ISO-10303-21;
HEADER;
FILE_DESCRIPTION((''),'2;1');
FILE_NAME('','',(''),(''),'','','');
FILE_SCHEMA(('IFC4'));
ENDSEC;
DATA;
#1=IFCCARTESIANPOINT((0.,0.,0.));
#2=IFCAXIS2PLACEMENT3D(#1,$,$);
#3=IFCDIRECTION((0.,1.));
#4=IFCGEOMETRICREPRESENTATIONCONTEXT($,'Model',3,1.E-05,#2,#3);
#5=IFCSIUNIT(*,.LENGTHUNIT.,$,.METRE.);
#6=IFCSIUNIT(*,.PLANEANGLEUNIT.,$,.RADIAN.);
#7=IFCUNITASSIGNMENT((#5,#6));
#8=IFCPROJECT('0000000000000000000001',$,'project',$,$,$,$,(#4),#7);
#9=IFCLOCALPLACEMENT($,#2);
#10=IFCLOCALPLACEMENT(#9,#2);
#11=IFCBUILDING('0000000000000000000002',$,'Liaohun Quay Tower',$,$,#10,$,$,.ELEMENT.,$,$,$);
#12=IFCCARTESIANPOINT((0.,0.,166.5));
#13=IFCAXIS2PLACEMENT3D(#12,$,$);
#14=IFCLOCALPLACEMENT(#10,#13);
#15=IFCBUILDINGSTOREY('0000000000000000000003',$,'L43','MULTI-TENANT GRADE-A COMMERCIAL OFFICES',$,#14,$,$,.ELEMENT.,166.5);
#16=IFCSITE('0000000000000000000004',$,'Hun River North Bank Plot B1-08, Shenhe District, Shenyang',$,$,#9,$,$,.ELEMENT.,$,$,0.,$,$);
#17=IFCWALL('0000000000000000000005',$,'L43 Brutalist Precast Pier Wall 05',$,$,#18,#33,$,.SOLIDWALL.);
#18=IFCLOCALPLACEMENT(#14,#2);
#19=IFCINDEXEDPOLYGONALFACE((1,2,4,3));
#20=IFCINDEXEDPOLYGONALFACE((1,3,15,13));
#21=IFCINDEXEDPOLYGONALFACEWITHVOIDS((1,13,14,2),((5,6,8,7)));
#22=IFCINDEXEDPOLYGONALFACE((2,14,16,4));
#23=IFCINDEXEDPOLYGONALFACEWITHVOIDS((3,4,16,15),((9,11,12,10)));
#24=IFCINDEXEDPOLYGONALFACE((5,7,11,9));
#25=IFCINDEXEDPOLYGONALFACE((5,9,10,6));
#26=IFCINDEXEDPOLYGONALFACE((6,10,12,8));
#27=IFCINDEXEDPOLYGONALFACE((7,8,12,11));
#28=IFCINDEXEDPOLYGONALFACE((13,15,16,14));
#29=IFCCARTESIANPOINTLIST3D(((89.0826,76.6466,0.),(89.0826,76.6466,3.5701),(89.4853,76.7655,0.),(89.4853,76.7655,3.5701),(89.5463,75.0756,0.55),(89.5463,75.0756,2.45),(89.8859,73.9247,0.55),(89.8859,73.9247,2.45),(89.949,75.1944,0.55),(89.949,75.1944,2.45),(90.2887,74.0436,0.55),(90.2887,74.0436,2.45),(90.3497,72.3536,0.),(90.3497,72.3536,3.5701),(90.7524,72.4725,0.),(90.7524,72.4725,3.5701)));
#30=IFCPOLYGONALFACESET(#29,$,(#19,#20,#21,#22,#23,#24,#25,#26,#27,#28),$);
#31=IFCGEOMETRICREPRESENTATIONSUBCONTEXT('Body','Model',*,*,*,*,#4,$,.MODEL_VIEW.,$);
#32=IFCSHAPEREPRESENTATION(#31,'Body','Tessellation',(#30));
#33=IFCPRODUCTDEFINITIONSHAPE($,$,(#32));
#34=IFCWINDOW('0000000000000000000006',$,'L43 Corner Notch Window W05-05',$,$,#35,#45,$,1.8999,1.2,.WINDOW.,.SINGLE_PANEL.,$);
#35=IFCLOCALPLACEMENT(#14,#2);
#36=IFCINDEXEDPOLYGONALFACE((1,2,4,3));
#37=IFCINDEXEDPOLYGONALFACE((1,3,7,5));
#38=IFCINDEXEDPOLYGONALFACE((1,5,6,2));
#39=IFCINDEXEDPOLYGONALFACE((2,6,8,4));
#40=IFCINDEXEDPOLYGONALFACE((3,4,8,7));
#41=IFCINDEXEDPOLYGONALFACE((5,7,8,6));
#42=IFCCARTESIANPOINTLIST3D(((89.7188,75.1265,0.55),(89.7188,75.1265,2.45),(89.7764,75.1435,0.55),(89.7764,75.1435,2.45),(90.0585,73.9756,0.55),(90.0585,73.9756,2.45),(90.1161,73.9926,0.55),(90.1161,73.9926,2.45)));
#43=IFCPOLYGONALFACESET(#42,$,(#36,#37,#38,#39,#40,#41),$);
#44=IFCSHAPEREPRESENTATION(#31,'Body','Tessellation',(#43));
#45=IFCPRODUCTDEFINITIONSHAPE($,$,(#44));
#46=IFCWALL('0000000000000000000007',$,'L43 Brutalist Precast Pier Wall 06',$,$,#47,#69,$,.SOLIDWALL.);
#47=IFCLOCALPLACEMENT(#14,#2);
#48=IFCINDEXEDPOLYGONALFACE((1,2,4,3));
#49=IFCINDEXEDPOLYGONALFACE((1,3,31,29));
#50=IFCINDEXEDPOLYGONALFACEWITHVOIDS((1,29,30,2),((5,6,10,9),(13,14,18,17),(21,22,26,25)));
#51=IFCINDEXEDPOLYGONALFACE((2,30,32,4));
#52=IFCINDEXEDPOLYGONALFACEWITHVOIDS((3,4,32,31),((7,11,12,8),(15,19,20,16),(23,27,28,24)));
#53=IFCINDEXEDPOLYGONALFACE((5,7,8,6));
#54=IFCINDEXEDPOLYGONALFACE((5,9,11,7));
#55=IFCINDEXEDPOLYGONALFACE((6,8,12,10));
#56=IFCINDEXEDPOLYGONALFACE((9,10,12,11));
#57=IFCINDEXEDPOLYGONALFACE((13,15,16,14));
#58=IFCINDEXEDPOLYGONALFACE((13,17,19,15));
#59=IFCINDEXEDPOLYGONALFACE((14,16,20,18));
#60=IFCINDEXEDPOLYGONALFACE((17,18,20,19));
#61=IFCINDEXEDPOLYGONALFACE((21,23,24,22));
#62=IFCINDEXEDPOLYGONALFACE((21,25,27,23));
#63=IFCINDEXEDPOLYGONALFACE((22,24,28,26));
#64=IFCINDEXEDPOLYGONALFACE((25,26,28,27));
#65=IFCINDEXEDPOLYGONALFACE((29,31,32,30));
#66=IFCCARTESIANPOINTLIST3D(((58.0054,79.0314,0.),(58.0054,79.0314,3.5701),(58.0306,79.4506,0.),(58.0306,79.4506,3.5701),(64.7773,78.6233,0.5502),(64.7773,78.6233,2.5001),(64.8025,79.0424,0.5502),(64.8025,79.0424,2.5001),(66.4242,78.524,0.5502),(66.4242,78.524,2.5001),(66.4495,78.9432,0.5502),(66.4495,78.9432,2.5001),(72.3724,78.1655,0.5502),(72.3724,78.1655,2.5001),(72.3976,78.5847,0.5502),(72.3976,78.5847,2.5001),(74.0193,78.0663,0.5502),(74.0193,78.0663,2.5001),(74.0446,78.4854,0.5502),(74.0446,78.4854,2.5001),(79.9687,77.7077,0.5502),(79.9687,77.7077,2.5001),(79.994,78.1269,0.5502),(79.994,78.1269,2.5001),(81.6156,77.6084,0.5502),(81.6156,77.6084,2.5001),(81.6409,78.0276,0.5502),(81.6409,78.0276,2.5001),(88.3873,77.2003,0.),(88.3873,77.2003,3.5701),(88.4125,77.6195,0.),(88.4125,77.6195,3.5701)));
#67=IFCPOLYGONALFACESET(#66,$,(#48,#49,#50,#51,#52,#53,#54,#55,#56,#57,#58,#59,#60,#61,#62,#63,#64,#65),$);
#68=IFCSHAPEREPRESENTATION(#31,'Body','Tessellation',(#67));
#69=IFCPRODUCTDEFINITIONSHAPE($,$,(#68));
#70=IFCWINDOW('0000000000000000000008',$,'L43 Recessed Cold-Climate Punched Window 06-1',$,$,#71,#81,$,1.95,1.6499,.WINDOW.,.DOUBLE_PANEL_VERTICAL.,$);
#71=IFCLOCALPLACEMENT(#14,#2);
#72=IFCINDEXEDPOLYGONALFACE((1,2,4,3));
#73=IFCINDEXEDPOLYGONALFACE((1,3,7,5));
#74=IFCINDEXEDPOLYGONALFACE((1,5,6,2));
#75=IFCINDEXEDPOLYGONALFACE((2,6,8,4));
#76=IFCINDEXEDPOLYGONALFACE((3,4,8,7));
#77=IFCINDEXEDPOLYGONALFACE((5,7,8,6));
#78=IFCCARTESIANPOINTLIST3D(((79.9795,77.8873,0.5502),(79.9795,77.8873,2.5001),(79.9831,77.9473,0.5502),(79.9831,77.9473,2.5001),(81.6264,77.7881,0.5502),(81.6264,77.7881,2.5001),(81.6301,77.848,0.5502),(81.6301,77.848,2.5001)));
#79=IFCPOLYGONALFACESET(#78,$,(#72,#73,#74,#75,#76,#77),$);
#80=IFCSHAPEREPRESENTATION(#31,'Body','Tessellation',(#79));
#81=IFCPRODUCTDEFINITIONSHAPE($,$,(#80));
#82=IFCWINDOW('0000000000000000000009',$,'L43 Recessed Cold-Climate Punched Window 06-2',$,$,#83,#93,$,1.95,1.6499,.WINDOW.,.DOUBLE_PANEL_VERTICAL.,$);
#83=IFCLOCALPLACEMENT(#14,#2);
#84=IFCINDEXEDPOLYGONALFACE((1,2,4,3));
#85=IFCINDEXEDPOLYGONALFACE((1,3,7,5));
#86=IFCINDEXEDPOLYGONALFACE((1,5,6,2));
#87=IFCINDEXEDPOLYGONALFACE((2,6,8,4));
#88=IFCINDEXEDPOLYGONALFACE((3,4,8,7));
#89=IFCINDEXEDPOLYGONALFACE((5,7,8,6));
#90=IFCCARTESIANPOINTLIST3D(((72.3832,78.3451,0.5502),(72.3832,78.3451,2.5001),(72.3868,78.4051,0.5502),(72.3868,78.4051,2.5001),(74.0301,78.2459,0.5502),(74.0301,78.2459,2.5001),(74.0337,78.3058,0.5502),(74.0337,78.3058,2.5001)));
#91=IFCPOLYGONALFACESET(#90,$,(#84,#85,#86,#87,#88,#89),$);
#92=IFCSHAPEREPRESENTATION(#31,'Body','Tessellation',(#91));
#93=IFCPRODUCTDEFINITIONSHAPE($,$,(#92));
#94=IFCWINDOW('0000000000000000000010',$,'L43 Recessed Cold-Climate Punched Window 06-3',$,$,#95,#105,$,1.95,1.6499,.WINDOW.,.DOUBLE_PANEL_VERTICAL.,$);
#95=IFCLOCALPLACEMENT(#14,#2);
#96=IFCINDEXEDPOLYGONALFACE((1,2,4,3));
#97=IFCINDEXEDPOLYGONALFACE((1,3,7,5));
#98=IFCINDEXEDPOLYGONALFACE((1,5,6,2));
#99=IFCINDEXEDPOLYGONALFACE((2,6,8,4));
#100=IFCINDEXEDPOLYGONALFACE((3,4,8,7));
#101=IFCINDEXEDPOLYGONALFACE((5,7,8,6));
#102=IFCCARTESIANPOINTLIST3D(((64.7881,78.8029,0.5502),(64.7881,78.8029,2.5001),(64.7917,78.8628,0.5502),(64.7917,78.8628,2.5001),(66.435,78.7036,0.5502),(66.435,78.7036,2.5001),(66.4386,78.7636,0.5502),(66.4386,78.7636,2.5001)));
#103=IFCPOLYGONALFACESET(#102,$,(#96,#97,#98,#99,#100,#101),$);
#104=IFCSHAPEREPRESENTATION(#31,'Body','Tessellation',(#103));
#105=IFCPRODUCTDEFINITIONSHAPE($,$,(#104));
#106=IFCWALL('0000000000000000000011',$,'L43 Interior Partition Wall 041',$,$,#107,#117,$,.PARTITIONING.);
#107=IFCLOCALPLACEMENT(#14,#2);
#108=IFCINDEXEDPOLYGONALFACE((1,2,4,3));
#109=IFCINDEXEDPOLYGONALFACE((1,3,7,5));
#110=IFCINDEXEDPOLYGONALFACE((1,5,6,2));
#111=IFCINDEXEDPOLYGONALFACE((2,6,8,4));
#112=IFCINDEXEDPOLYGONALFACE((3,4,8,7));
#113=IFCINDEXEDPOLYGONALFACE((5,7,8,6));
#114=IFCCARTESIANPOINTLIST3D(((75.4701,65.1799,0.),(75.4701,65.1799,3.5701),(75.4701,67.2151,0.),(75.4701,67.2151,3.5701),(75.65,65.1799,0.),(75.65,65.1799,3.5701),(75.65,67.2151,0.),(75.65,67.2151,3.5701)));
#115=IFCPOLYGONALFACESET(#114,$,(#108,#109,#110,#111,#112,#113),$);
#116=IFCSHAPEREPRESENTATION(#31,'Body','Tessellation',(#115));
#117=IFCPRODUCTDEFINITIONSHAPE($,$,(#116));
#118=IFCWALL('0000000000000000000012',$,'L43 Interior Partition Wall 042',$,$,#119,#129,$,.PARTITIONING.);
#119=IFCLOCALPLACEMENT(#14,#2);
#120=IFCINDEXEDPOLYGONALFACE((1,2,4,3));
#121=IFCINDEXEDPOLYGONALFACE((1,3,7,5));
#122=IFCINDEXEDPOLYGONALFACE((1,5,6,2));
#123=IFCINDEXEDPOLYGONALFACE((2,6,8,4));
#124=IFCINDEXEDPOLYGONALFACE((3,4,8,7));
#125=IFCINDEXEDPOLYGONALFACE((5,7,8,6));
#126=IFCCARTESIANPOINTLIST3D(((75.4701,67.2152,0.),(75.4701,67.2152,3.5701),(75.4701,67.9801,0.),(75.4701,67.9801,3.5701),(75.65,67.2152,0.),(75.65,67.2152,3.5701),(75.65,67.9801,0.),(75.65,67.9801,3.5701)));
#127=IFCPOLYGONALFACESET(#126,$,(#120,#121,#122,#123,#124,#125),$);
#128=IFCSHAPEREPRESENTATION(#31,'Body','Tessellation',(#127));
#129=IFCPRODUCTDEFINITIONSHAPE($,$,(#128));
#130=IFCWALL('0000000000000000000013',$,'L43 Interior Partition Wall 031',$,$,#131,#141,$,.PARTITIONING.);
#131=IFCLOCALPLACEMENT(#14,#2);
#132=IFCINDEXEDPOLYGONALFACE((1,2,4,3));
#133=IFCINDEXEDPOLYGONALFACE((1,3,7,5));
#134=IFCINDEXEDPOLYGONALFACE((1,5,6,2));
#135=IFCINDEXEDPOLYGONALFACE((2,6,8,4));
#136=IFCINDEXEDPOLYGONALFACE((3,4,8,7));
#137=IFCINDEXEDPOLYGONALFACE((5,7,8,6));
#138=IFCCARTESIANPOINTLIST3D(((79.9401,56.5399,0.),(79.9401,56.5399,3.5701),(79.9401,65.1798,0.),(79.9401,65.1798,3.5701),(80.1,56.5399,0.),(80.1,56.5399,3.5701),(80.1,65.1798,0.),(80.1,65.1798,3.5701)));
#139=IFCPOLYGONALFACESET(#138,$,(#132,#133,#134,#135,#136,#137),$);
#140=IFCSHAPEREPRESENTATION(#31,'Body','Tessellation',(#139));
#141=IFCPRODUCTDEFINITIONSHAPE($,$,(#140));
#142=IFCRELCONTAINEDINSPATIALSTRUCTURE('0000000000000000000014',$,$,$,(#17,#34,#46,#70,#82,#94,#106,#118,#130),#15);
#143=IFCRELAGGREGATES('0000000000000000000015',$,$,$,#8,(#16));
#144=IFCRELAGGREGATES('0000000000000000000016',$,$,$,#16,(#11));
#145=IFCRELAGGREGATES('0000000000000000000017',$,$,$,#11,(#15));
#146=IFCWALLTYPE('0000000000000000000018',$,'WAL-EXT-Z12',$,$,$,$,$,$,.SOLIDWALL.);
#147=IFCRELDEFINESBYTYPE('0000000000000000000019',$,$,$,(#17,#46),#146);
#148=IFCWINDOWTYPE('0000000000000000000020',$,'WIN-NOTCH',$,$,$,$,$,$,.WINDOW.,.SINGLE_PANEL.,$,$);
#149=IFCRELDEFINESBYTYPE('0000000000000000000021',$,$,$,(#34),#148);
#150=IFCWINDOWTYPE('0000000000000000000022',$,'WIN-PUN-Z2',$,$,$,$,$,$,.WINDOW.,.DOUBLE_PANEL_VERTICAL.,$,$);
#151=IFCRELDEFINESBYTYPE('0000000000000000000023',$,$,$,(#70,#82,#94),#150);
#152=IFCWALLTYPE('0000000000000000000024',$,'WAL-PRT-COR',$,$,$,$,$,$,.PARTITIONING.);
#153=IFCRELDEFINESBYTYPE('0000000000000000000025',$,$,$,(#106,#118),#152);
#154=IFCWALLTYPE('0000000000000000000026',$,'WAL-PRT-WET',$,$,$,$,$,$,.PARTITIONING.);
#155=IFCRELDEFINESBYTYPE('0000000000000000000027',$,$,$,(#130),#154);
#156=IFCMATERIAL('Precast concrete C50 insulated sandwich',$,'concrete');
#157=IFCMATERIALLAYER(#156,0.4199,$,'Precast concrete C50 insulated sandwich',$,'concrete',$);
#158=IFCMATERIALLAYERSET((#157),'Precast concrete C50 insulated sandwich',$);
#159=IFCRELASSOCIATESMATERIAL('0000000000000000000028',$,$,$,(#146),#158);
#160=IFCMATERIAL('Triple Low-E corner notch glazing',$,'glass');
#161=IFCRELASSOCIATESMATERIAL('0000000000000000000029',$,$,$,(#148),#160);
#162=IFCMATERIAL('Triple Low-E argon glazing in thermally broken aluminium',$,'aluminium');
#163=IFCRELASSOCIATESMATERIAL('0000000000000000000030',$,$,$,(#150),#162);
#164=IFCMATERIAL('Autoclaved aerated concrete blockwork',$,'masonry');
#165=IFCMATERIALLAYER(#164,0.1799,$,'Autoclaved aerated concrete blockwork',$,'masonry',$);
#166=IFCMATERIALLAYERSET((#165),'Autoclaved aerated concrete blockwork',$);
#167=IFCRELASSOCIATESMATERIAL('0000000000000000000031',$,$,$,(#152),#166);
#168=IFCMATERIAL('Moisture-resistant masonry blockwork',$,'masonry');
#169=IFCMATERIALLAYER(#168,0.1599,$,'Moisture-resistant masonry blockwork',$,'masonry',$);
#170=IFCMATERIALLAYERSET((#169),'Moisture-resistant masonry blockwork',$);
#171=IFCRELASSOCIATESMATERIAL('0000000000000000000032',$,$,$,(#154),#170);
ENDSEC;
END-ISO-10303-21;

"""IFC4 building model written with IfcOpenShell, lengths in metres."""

from ifc_helpers import new_model, si_unit, direction, frame, frame_2d, origin, place, context, subcontext, project, spatial, rectangle, extrude, source, transform, mapped, material, layer, layer_set, type_object, element, fill, save


model = new_model("IFC4")

# Units and contexts
model_context = context("Model", 3, precision=1e-05, world=origin(), true_north=direction((0.0, 1.0)))
body_context = subcontext(model_context, "Body", "Model", "MODEL_VIEW")
ifc_project = project(units=[si_unit("LENGTHUNIT", "METRE"), si_unit("PLANEANGLEUNIT", "RADIAN")], contexts=[model_context])

# Site, building, storey
site_placement = place(None, origin())
site = spatial("IfcSite", under=ifc_project, at=site_placement, Name="Hun River North Bank Plot B1-08, Shenhe District, Shenyang", CompositionType="ELEMENT", RefElevation=0.0)
building_placement = place(site_placement, origin())
building = spatial("IfcBuilding", under=site, at=building_placement, Name="Liaohun Quay Tower", CompositionType="ELEMENT")
storey_placement = place(building_placement, frame((0.0, 0.0, 166.5)))
storey = spatial("IfcBuildingStorey", under=building, at=storey_placement, Name="L43", Description="MULTI-TENANT GRADE-A COMMERCIAL OFFICES", CompositionType="ELEMENT", Elevation=166.5)

# Wall, opening, window
ifc_material_1 = material(Name="Precast concrete C50 insulated sandwich", Category="concrete")
ifc_layer_1 = layer(ifc_material_1, 0.4199, Name="Precast concrete C50 insulated sandwich", Category="concrete")
ifc_layer_set_1 = layer_set([ifc_layer_1], Name="Precast concrete C50 insulated sandwich")
wall_type_1 = type_object("IfcWallType", Name="WAL-EXT-Z12", PredefinedType="SOLIDWALL", material=ifc_layer_set_1)
shared_shape_1 = source(origin(), body_context, "Body", "SweptSolid", [
    extrude(rectangle(XDim=1.2, YDim=1.8999, at=frame_2d((0.6001, 0.95))), frame((0.0, 0.22, 0.0), z_axis=(0.0, -1.0, 0.0), x_axis=(1.0, 0.0, 0.0)), (0.0, 0.0, 1.0), 0.4399),
])
ifc_material_2 = material(Name="Triple Low-E corner notch glazing", Category="glass")
window_type_1 = type_object("IfcWindowType", Name="WIN-NOTCH", PartitioningType="SINGLE_PANEL", PredefinedType="WINDOW", material=ifc_material_2)
shared_shape_2 = source(origin(), body_context, "Body", "SweptSolid", [
    extrude(rectangle(XDim=1.2, YDim=1.8999, at=frame_2d((0.6001, 0.95))), frame((0.0, 0.03, 0.0), z_axis=(0.0, -1.0, 0.0), x_axis=(1.0, 0.0, 0.0)), (0.0, 0.0, 1.0), 0.0601),
])
wall_1_placement = place(storey_placement, frame((90.551, 72.4131, 0.0), z_axis=(0.0, 0.0, 1.0), x_axis=(-0.283082, 0.959096, 0.0)))
wall_1 = element("IfcWall", 1, at=wall_1_placement, inside=storey, type_object=wall_type_1, Name="L43 Brutalist Precast Pier Wall 05", PredefinedType="SOLIDWALL", context=body_context, shape_type="SweptSolid", body=[
    extrude(rectangle(XDim=4.4761, YDim=0.4199, at=frame_2d((2.238, 0.0))), origin(), (0.0, 0.0, 1.0), 3.5701),
])
opening_1_placement = place(wall_1_placement, frame((1.6379, 0.0, 0.55)))
opening_1 = element("IfcOpeningElement", 2, at=opening_1_placement, cuts=wall_1, PredefinedType="OPENING", context=body_context, shape_type="MappedRepresentation", body=[
    mapped(shared_shape_1, transform((0.0, 0.0, 0.0), x_axis=(1.0, 0.0, 0.0), y_axis=(0.0, 1.0, 0.0), z_axis=(0.0, 0.0, 1.0), scale=1.0)),
])
window_1_placement = place(opening_1_placement, origin())
window_1 = element("IfcWindow", 3, at=window_1_placement, inside=storey, type_object=window_type_1, Name="L43 Corner Notch Window W05-05", OverallHeight=1.8999, OverallWidth=1.2, PartitioningType="SINGLE_PANEL", PredefinedType="WINDOW", context=body_context, shape_type="MappedRepresentation", body=[
    mapped(shared_shape_2, transform((0.0, 0.0, 0.0), x_axis=(1.0, 0.0, 0.0), y_axis=(0.0, 1.0, 0.0), z_axis=(0.0, 0.0, 1.0), scale=1.0)),
])
fill(opening_1, window_1)

# Wall, openings, windows
wall_2_placement = place(storey_placement, frame((88.3999, 77.4099, 0.0), z_axis=(0.0, 0.0, 1.0), x_axis=(-0.998189, 0.060159, 0.0)))
wall_2 = element("IfcWall", 4, at=wall_2_placement, inside=storey, type_object=wall_type_1, Name="L43 Brutalist Precast Pier Wall 06", PredefinedType="SOLIDWALL", context=body_context, shape_type="SweptSolid", body=[
    extrude(rectangle(XDim=30.437, YDim=0.4199, at=frame_2d((15.2185, 0.0))), origin(), (0.0, 0.0, 1.0), 3.5701),
])
shared_shape_3 = source(origin(), body_context, "Body", "SweptSolid", [
    extrude(rectangle(XDim=1.6499, YDim=1.95, at=frame_2d((0.825, 0.9751))), frame((0.0, 0.22, 0.0), z_axis=(0.0, -1.0, 0.0), x_axis=(1.0, 0.0, 0.0)), (0.0, 0.0, 1.0), 0.4399),
])
opening_2_placement = place(wall_2_placement, frame((6.7839, 0.0, 0.55)))
opening_2 = element("IfcOpeningElement", 5, at=opening_2_placement, cuts=wall_2, PredefinedType="OPENING", context=body_context, shape_type="MappedRepresentation", body=[
    mapped(shared_shape_3, transform((0.0, 0.0, 0.0), x_axis=(1.0, 0.0, 0.0), y_axis=(0.0, 1.0, 0.0), z_axis=(0.0, 0.0, 1.0), scale=1.0)),
])
opening_3_placement = place(wall_2_placement, frame((14.394, 0.0, 0.55)))
opening_3 = element("IfcOpeningElement", 6, at=opening_3_placement, cuts=wall_2, PredefinedType="OPENING", context=body_context, shape_type="MappedRepresentation", body=[
    mapped(shared_shape_3, transform((0.0, 0.0, 0.0), x_axis=(1.0, 0.0, 0.0), y_axis=(0.0, 1.0, 0.0), z_axis=(0.0, 0.0, 1.0), scale=1.0)),
])
opening_4_placement = place(wall_2_placement, frame((22.0029, 0.0, 0.55)))
opening_4 = element("IfcOpeningElement", 7, at=opening_4_placement, cuts=wall_2, PredefinedType="OPENING", context=body_context, shape_type="MappedRepresentation", body=[
    mapped(shared_shape_3, transform((0.0, 0.0, 0.0), x_axis=(1.0, 0.0, 0.0), y_axis=(0.0, 1.0, 0.0), z_axis=(0.0, 0.0, 1.0), scale=1.0)),
])
ifc_material_3 = material(Name="Triple Low-E argon glazing in thermally broken aluminium", Category="aluminium")
window_type_2 = type_object("IfcWindowType", Name="WIN-PUN-Z2", PartitioningType="DOUBLE_PANEL_VERTICAL", PredefinedType="WINDOW", material=ifc_material_3)
shared_shape_4 = source(origin(), body_context, "Body", "SweptSolid", [
    extrude(rectangle(XDim=1.6499, YDim=1.95, at=frame_2d((0.825, 0.9751))), frame((0.0, 0.03, 0.0), z_axis=(0.0, -1.0, 0.0), x_axis=(1.0, 0.0, 0.0)), (0.0, 0.0, 1.0), 0.0601),
])
window_2_placement = place(opening_2_placement, origin())
window_2 = element("IfcWindow", 8, at=window_2_placement, inside=storey, type_object=window_type_2, Name="L43 Recessed Cold-Climate Punched Window 06-1", OverallHeight=1.95, OverallWidth=1.6499, PartitioningType="DOUBLE_PANEL_VERTICAL", PredefinedType="WINDOW", context=body_context, shape_type="MappedRepresentation", body=[
    mapped(shared_shape_4, transform((0.0, 0.0, 0.0), x_axis=(1.0, 0.0, 0.0), y_axis=(0.0, 1.0, 0.0), z_axis=(0.0, 0.0, 1.0), scale=1.0)),
])
fill(opening_2, window_2)
window_3_placement = place(opening_3_placement, origin())
window_3 = element("IfcWindow", 9, at=window_3_placement, inside=storey, type_object=window_type_2, Name="L43 Recessed Cold-Climate Punched Window 06-2", OverallHeight=1.95, OverallWidth=1.6499, PartitioningType="DOUBLE_PANEL_VERTICAL", PredefinedType="WINDOW", context=body_context, shape_type="MappedRepresentation", body=[
    mapped(shared_shape_4, transform((0.0, 0.0, 0.0), x_axis=(1.0, 0.0, 0.0), y_axis=(0.0, 1.0, 0.0), z_axis=(0.0, 0.0, 1.0), scale=1.0)),
])
fill(opening_3, window_3)
window_4_placement = place(opening_4_placement, origin())
window_4 = element("IfcWindow", 10, at=window_4_placement, inside=storey, type_object=window_type_2, Name="L43 Recessed Cold-Climate Punched Window 06-3", OverallHeight=1.95, OverallWidth=1.6499, PartitioningType="DOUBLE_PANEL_VERTICAL", PredefinedType="WINDOW", context=body_context, shape_type="MappedRepresentation", body=[
    mapped(shared_shape_4, transform((0.0, 0.0, 0.0), x_axis=(1.0, 0.0, 0.0), y_axis=(0.0, 1.0, 0.0), z_axis=(0.0, 0.0, 1.0), scale=1.0)),
])
fill(opening_4, window_4)

# Walls
ifc_material_4 = material(Name="Autoclaved aerated concrete blockwork", Category="masonry")
ifc_layer_2 = layer(ifc_material_4, 0.1799, Name="Autoclaved aerated concrete blockwork", Category="masonry")
ifc_layer_set_2 = layer_set([ifc_layer_2], Name="Autoclaved aerated concrete blockwork")
wall_type_2 = type_object("IfcWallType", Name="WAL-PRT-COR", PredefinedType="PARTITIONING", material=ifc_layer_set_2)
wall_3_placement = place(storey_placement, frame((75.5601, 67.2151, 0.0), z_axis=(0.0, 0.0, 1.0), x_axis=(0.0, -1.0, 0.0)))
element("IfcWall", 11, at=wall_3_placement, inside=storey, type_object=wall_type_2, Name="L43 Interior Partition Wall 041", PredefinedType="PARTITIONING", context=body_context, shape_type="SweptSolid", body=[
    extrude(rectangle(XDim=2.0352, YDim=0.1799, at=frame_2d((1.0176, 0.0))), origin(), (0.0, 0.0, 1.0), 3.5701),
])
wall_4_placement = place(storey_placement, frame((75.5601, 67.98, 0.0), z_axis=(0.0, 0.0, 1.0), x_axis=(0.0, -1.0, 0.0)))
element("IfcWall", 12, at=wall_4_placement, inside=storey, type_object=wall_type_2, Name="L43 Interior Partition Wall 042", PredefinedType="PARTITIONING", context=body_context, shape_type="SweptSolid", body=[
    extrude(rectangle(XDim=0.7649, YDim=0.1799, at=frame_2d((0.3823, 0.0))), origin(), (0.0, 0.0, 1.0), 3.5701),
])
ifc_material_5 = material(Name="Moisture-resistant masonry blockwork", Category="masonry")
ifc_layer_3 = layer(ifc_material_5, 0.1599, Name="Moisture-resistant masonry blockwork", Category="masonry")
ifc_layer_set_3 = layer_set([ifc_layer_3], Name="Moisture-resistant masonry blockwork")
wall_type_3 = type_object("IfcWallType", Name="WAL-PRT-WET", PredefinedType="PARTITIONING", material=ifc_layer_set_3)
wall_5_placement = place(storey_placement, frame((80.02, 56.54, 0.0), z_axis=(0.0, 0.0, 1.0), x_axis=(0.0, 1.0, 0.0)))
element("IfcWall", 13, at=wall_5_placement, inside=storey, type_object=wall_type_3, Name="L43 Interior Partition Wall 031", PredefinedType="PARTITIONING", context=body_context, shape_type="SweptSolid", body=[
    extrude(rectangle(XDim=8.6399, YDim=0.1599, at=frame_2d((4.3198, 0.0))), origin(), (0.0, 0.0, 1.0), 3.5701),
])

save(model, "model.ifc")
